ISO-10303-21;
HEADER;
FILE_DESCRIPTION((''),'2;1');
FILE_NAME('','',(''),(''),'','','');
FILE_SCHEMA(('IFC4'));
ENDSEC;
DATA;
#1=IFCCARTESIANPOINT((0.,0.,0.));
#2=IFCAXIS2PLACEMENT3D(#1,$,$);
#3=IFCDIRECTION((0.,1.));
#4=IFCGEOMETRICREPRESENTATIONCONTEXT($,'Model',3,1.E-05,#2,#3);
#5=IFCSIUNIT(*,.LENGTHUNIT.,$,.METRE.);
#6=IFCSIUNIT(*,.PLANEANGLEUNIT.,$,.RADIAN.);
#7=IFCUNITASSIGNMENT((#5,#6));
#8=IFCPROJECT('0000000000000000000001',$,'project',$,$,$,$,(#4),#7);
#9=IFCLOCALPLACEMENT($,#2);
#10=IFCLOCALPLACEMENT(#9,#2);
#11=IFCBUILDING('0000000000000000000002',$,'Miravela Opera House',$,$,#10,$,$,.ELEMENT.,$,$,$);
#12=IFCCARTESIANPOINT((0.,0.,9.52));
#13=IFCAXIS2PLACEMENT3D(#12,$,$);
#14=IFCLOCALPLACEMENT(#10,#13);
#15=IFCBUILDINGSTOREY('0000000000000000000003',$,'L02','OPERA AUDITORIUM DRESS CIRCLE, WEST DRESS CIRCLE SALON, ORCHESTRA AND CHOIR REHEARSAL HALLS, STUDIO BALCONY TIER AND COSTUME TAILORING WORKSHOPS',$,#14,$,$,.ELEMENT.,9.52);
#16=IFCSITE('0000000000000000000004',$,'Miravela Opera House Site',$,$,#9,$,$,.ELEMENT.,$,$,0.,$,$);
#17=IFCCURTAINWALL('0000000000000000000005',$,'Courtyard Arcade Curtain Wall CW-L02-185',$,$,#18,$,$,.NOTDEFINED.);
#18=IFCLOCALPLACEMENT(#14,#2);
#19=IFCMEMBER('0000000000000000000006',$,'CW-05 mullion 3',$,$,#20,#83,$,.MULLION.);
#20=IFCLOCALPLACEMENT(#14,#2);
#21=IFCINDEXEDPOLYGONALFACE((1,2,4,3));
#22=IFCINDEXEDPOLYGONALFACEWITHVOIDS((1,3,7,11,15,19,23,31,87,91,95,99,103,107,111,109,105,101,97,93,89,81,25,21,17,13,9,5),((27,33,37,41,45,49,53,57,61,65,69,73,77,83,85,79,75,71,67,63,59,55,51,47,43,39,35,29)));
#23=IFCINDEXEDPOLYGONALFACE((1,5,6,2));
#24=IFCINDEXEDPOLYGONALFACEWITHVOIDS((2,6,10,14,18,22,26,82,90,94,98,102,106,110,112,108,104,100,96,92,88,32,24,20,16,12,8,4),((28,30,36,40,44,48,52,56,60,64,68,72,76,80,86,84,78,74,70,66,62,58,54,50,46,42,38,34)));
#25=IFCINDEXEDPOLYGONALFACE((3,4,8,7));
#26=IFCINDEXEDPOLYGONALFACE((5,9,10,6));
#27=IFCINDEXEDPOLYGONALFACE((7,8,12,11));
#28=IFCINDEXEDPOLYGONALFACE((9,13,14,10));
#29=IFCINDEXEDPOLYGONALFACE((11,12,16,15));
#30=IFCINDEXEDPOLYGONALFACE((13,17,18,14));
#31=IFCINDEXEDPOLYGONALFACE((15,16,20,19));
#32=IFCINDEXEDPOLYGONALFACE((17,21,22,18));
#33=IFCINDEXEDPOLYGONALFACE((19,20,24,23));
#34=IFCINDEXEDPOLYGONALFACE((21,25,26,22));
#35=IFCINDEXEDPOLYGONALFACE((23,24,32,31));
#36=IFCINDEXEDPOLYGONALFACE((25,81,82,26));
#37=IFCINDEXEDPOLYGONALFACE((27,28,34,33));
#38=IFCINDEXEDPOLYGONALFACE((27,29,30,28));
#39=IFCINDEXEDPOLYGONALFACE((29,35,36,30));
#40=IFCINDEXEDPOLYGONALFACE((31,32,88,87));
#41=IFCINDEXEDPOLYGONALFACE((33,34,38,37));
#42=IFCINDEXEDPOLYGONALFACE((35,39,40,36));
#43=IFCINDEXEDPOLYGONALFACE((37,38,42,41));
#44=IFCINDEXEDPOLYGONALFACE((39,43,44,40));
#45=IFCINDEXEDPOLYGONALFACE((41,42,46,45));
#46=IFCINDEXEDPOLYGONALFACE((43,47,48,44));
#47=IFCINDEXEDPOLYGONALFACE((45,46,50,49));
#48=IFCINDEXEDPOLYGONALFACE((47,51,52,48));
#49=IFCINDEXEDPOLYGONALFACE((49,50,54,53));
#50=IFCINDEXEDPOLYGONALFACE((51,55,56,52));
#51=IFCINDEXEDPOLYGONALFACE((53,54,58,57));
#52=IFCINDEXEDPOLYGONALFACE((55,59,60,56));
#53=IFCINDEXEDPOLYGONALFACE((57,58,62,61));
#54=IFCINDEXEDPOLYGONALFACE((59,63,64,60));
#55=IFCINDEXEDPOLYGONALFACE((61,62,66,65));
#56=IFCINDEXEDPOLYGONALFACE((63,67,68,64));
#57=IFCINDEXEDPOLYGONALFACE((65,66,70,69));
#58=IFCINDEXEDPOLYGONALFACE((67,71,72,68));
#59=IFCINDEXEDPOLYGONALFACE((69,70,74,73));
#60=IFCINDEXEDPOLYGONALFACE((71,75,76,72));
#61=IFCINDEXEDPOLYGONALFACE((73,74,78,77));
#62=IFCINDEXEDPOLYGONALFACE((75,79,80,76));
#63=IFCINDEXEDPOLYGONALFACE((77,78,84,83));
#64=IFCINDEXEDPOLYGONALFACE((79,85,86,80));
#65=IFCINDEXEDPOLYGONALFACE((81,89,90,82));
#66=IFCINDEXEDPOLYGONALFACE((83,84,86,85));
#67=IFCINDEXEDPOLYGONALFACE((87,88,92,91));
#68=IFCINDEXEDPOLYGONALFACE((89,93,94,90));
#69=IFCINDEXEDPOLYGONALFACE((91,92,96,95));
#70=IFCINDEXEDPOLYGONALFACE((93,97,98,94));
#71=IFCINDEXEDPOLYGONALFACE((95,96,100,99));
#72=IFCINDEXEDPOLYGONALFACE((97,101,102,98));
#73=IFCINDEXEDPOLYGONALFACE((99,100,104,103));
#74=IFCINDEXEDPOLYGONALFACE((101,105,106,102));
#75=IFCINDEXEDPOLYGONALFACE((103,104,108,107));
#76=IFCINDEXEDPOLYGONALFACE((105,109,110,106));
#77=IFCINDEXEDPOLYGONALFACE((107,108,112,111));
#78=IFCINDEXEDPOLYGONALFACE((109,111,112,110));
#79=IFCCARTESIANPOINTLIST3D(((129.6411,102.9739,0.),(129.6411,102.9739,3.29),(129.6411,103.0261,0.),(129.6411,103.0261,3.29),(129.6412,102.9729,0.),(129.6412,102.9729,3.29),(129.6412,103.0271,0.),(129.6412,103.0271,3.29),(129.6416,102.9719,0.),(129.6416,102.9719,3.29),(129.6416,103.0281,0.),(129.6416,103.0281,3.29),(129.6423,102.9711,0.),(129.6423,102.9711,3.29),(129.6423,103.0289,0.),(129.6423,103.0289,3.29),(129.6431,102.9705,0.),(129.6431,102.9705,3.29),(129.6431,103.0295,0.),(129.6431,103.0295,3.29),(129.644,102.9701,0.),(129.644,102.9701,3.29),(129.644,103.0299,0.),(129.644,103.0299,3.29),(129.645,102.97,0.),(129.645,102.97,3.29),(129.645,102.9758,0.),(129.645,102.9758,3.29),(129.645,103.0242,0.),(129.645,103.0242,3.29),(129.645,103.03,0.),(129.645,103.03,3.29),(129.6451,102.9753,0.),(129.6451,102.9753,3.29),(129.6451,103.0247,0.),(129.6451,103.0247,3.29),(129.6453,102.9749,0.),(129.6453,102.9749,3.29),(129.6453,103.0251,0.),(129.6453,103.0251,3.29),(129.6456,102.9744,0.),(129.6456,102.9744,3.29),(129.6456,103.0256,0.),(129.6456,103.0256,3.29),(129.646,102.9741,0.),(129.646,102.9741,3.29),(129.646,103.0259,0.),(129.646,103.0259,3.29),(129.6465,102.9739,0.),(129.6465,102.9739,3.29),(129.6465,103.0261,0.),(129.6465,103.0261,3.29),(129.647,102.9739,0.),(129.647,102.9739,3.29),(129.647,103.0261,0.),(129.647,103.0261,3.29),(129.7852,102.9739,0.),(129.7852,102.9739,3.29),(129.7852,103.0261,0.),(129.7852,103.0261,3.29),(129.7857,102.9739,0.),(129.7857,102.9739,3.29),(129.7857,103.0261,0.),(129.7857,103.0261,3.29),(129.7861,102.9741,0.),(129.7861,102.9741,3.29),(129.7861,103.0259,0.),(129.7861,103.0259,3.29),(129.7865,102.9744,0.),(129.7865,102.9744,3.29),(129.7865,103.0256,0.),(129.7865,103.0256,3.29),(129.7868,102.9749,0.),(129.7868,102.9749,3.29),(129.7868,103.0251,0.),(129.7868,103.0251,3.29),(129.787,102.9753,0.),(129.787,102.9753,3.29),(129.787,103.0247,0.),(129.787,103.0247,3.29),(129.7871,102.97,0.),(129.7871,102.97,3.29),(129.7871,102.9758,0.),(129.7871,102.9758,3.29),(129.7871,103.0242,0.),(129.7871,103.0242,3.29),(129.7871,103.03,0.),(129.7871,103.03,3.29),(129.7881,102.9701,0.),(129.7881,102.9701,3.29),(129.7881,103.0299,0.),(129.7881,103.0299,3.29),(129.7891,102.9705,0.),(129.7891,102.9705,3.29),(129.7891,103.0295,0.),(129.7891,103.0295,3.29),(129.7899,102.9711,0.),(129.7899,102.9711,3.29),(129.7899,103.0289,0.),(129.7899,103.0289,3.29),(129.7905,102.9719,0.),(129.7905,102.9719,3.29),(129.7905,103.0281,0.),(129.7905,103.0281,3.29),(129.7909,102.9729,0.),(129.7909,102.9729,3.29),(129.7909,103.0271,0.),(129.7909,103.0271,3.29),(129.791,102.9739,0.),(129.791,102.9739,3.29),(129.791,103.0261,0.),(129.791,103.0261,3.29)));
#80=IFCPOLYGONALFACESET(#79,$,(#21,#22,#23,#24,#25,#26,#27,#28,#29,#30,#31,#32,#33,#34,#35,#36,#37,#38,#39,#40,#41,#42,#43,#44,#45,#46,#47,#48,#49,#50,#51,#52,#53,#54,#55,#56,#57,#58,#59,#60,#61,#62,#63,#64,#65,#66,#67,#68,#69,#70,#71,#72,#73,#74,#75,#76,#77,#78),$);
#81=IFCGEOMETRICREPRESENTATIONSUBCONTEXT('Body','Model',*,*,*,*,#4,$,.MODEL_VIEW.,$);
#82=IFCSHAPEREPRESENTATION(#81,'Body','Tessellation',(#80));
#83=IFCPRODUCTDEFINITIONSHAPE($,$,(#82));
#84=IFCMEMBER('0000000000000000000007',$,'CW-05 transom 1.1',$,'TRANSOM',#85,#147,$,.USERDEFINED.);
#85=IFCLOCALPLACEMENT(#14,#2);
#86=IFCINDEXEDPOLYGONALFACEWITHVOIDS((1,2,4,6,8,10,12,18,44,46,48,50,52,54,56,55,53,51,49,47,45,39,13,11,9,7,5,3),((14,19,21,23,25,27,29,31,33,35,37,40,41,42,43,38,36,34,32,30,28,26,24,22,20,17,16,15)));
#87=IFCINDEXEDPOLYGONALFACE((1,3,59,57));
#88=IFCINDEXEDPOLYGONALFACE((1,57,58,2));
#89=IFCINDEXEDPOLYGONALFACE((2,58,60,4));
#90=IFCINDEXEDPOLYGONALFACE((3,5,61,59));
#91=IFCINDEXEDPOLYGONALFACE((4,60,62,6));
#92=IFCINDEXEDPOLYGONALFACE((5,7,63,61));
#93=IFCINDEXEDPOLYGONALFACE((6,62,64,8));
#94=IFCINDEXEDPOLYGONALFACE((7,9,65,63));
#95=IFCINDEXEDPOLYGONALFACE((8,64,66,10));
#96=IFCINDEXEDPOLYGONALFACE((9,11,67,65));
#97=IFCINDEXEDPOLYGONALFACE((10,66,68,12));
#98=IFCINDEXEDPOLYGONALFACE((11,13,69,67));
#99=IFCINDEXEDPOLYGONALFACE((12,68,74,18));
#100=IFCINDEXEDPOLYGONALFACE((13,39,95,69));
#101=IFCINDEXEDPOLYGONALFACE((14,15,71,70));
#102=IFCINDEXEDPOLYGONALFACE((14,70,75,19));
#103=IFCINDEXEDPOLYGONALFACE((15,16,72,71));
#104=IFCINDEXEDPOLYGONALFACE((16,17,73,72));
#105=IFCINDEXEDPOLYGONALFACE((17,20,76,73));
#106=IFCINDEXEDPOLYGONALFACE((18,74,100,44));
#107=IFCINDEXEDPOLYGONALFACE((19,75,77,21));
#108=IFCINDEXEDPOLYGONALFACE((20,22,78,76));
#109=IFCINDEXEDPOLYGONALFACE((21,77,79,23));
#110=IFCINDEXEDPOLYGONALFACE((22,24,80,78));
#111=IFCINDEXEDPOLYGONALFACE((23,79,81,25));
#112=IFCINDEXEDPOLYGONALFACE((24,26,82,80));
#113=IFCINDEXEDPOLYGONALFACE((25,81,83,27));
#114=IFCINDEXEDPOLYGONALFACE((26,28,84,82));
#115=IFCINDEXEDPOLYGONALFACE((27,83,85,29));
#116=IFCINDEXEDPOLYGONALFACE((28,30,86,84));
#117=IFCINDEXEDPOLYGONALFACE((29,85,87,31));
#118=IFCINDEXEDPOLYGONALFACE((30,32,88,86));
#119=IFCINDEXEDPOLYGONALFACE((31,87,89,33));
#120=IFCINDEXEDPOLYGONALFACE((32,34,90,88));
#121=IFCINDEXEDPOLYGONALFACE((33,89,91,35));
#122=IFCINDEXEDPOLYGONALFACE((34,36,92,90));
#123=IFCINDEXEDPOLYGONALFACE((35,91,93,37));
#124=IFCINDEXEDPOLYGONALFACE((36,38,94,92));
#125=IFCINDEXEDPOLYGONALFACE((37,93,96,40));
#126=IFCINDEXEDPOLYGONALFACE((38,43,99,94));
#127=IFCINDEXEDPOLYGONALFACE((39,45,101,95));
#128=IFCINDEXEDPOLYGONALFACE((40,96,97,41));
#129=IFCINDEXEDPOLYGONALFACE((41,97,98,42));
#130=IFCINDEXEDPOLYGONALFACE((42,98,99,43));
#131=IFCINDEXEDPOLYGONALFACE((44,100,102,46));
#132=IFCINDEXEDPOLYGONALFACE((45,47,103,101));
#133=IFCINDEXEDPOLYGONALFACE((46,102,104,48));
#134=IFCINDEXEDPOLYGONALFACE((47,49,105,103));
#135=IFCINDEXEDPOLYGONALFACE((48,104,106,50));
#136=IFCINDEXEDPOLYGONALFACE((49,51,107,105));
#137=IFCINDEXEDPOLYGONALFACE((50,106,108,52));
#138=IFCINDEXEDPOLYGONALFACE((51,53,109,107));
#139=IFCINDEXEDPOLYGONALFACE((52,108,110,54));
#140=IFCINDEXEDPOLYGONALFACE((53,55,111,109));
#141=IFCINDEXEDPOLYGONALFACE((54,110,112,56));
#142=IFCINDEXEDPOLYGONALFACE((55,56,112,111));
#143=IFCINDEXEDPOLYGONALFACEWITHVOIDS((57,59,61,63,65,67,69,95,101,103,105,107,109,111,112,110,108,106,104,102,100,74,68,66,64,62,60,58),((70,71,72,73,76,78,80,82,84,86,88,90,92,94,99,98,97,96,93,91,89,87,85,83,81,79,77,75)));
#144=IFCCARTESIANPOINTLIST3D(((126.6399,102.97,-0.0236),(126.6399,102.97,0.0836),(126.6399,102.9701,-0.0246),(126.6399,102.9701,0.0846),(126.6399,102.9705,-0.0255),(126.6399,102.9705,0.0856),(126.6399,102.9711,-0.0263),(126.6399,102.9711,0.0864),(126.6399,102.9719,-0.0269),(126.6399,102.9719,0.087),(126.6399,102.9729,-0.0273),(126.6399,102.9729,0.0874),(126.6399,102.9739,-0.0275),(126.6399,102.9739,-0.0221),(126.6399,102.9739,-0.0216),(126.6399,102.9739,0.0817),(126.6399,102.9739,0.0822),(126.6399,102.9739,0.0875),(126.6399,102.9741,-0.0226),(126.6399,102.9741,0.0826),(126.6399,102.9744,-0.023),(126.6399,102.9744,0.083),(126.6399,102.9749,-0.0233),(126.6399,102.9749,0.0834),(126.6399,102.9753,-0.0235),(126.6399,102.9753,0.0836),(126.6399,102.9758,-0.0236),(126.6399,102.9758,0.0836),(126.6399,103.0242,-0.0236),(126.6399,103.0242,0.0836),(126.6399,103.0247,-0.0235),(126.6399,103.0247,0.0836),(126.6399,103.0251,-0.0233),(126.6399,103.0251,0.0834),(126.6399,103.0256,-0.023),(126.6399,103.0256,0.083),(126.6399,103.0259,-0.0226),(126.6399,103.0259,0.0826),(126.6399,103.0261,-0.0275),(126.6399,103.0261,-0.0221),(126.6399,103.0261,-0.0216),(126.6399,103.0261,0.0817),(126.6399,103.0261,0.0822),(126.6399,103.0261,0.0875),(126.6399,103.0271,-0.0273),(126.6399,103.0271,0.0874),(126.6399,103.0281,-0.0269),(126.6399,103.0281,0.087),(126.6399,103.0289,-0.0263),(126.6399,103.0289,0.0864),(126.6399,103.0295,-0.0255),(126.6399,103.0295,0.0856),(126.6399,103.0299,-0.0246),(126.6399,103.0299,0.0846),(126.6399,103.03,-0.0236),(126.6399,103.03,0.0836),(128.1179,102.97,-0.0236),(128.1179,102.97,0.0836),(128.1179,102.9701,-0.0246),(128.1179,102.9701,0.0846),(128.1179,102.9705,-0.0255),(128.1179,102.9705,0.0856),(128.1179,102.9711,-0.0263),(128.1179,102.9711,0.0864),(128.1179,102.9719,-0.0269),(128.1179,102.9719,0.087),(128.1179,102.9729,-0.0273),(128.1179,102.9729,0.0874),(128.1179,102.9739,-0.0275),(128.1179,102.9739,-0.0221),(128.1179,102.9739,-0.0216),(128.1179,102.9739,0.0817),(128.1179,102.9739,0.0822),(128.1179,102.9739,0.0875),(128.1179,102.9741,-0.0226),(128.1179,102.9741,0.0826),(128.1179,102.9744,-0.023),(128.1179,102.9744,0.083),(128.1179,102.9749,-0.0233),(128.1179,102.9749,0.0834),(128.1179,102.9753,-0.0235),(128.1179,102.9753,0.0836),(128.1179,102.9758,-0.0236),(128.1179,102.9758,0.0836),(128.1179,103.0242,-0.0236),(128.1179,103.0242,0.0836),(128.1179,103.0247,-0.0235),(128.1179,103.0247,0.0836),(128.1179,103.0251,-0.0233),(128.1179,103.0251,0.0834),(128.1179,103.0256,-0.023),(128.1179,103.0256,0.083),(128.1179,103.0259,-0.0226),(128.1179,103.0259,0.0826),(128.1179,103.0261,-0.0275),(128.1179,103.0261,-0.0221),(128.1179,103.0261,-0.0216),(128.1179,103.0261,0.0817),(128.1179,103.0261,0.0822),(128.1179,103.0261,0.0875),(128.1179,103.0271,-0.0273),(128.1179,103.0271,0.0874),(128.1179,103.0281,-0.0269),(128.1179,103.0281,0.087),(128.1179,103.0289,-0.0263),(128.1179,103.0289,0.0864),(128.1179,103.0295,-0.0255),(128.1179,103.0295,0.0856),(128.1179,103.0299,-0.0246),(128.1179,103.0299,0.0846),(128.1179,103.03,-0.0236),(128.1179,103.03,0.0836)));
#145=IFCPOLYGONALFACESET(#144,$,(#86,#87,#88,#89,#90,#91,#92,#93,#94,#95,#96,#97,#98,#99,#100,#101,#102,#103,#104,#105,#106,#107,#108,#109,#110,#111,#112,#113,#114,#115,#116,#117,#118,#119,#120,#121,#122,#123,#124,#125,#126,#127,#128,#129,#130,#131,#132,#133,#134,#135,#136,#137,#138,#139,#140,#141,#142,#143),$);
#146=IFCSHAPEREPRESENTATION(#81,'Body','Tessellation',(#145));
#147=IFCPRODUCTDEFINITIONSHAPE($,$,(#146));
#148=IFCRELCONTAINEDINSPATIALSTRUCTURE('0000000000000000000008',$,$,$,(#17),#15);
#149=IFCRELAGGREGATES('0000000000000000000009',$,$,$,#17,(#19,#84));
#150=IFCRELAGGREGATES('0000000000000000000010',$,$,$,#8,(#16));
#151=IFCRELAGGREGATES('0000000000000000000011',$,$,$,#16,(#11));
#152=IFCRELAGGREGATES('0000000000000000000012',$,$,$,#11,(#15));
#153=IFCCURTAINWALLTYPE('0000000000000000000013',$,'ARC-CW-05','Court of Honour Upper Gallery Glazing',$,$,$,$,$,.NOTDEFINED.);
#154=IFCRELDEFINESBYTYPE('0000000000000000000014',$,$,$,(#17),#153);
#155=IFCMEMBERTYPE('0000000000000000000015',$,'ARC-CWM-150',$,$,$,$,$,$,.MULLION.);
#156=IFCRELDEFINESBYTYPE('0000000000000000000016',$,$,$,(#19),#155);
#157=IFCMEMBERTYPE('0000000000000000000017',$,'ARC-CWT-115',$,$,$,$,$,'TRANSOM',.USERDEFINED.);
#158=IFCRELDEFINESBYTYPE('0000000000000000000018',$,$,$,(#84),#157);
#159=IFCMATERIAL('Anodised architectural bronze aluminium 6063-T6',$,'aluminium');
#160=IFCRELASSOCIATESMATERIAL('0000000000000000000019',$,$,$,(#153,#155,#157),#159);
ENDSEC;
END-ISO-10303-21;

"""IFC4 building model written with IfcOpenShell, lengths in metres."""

from ifc_helpers import new_model, si_unit, direction, frame, origin, origin_2d, place, context, subcontext, project, spatial, hollow_rectangle, extrude, material, material_profile, profile_set, type_object, element, aggregate, save


model = new_model("IFC4")

# Units and contexts
model_context = context("Model", 3, precision=1e-05, world=origin(), true_north=direction((0.0, 1.0)))
body_context = subcontext(model_context, "Body", "Model", "MODEL_VIEW")
ifc_project = project(units=[si_unit("LENGTHUNIT", "METRE"), si_unit("PLANEANGLEUNIT", "RADIAN")], contexts=[model_context])

# Site, building, storey
site_placement = place(None, origin())
site = spatial("IfcSite", under=ifc_project, at=site_placement, Name="Miravela Opera House Site", CompositionType="ELEMENT", RefElevation=0.0)
building_placement = place(site_placement, origin())
building = spatial("IfcBuilding", under=site, at=building_placement, Name="Miravela Opera House", CompositionType="ELEMENT")
storey_placement = place(building_placement, frame((0.0, 0.0, 9.52)))
storey = spatial("IfcBuildingStorey", under=building, at=storey_placement, Name="L02", Description="OPERA AUDITORIUM DRESS CIRCLE, WEST DRESS CIRCLE SALON, ORCHESTRA AND CHOIR REHEARSAL HALLS, STUDIO BALCONY TIER AND COSTUME TAILORING WORKSHOPS", CompositionType="ELEMENT", Elevation=9.52)

# Curtain wall, members
ifc_material_1 = material(Name="Anodised architectural bronze aluminium 6063-T6", Category="aluminium")
curtain_wall_type = type_object("IfcCurtainWallType", Name="ARC-CW-05", Description="Court of Honour Upper Gallery Glazing", PredefinedType="NOTDEFINED", material=ifc_material_1)
curtain_wall_placement = place(storey_placement, origin())
curtain_wall = element("IfcCurtainWall", 1, at=curtain_wall_placement, inside=storey, type_object=curtain_wall_type, Name="Courtyard Arcade Curtain Wall CW-L02-185", PredefinedType="NOTDEFINED")
ifc_material_profile_1 = material_profile(ifc_material_1, hollow_rectangle(XDim=0.0601, YDim=0.1499, WallThickness=0.0039, InnerFilletRadius=0.002, OuterFilletRadius=0.0039, at=origin_2d()), Name="CWM-60X150")
ifc_profile_set_1 = profile_set([ifc_material_profile_1])
member_type_1 = type_object("IfcMemberType", Name="ARC-CWM-150", PredefinedType="MULLION", material=ifc_profile_set_1)
member_1_placement = place(storey_placement, frame((129.7161, 103.0, 0.0), z_axis=(0.0, 0.0, 1.0), x_axis=(0.0, 1.0, 0.0)))
member_1 = element("IfcMember", 2, at=member_1_placement, type_object=member_type_1, Name="CW-05 mullion 3", PredefinedType="MULLION", context=body_context, shape_type="SweptSolid", body=[
    extrude(hollow_rectangle(XDim=0.0601, YDim=0.1499, WallThickness=0.0039, InnerFilletRadius=0.002, OuterFilletRadius=0.0039, at=origin_2d()), origin(), (0.0, 0.0, 1.0), 3.29),
])
ifc_material_profile_2 = material_profile(ifc_material_1, hollow_rectangle(XDim=0.0601, YDim=0.115, WallThickness=0.0039, InnerFilletRadius=0.002, OuterFilletRadius=0.0039, at=origin_2d()), Name="CWT-60X115")
ifc_profile_set_2 = profile_set([ifc_material_profile_2])
member_type_2 = type_object("IfcMemberType", Name="ARC-CWT-115", ElementType="TRANSOM", PredefinedType="USERDEFINED", material=ifc_profile_set_2)
member_2_placement = place(storey_placement, frame((126.6399, 103.0, 0.03), z_axis=(1.0, 0.0, 0.0), x_axis=(0.0, 1.0, 0.0)))
member_2 = element("IfcMember", 3, at=member_2_placement, type_object=member_type_2, Name="CW-05 transom 1.1", ObjectType="TRANSOM", PredefinedType="USERDEFINED", context=body_context, shape_type="SweptSolid", body=[
    extrude(hollow_rectangle(XDim=0.0601, YDim=0.115, WallThickness=0.0039, InnerFilletRadius=0.002, OuterFilletRadius=0.0039, at=origin_2d()), origin(), (0.0, 0.0, 1.0), 1.478),
])

aggregate(curtain_wall, [member_1, member_2])

save(model, "model.ifc")
